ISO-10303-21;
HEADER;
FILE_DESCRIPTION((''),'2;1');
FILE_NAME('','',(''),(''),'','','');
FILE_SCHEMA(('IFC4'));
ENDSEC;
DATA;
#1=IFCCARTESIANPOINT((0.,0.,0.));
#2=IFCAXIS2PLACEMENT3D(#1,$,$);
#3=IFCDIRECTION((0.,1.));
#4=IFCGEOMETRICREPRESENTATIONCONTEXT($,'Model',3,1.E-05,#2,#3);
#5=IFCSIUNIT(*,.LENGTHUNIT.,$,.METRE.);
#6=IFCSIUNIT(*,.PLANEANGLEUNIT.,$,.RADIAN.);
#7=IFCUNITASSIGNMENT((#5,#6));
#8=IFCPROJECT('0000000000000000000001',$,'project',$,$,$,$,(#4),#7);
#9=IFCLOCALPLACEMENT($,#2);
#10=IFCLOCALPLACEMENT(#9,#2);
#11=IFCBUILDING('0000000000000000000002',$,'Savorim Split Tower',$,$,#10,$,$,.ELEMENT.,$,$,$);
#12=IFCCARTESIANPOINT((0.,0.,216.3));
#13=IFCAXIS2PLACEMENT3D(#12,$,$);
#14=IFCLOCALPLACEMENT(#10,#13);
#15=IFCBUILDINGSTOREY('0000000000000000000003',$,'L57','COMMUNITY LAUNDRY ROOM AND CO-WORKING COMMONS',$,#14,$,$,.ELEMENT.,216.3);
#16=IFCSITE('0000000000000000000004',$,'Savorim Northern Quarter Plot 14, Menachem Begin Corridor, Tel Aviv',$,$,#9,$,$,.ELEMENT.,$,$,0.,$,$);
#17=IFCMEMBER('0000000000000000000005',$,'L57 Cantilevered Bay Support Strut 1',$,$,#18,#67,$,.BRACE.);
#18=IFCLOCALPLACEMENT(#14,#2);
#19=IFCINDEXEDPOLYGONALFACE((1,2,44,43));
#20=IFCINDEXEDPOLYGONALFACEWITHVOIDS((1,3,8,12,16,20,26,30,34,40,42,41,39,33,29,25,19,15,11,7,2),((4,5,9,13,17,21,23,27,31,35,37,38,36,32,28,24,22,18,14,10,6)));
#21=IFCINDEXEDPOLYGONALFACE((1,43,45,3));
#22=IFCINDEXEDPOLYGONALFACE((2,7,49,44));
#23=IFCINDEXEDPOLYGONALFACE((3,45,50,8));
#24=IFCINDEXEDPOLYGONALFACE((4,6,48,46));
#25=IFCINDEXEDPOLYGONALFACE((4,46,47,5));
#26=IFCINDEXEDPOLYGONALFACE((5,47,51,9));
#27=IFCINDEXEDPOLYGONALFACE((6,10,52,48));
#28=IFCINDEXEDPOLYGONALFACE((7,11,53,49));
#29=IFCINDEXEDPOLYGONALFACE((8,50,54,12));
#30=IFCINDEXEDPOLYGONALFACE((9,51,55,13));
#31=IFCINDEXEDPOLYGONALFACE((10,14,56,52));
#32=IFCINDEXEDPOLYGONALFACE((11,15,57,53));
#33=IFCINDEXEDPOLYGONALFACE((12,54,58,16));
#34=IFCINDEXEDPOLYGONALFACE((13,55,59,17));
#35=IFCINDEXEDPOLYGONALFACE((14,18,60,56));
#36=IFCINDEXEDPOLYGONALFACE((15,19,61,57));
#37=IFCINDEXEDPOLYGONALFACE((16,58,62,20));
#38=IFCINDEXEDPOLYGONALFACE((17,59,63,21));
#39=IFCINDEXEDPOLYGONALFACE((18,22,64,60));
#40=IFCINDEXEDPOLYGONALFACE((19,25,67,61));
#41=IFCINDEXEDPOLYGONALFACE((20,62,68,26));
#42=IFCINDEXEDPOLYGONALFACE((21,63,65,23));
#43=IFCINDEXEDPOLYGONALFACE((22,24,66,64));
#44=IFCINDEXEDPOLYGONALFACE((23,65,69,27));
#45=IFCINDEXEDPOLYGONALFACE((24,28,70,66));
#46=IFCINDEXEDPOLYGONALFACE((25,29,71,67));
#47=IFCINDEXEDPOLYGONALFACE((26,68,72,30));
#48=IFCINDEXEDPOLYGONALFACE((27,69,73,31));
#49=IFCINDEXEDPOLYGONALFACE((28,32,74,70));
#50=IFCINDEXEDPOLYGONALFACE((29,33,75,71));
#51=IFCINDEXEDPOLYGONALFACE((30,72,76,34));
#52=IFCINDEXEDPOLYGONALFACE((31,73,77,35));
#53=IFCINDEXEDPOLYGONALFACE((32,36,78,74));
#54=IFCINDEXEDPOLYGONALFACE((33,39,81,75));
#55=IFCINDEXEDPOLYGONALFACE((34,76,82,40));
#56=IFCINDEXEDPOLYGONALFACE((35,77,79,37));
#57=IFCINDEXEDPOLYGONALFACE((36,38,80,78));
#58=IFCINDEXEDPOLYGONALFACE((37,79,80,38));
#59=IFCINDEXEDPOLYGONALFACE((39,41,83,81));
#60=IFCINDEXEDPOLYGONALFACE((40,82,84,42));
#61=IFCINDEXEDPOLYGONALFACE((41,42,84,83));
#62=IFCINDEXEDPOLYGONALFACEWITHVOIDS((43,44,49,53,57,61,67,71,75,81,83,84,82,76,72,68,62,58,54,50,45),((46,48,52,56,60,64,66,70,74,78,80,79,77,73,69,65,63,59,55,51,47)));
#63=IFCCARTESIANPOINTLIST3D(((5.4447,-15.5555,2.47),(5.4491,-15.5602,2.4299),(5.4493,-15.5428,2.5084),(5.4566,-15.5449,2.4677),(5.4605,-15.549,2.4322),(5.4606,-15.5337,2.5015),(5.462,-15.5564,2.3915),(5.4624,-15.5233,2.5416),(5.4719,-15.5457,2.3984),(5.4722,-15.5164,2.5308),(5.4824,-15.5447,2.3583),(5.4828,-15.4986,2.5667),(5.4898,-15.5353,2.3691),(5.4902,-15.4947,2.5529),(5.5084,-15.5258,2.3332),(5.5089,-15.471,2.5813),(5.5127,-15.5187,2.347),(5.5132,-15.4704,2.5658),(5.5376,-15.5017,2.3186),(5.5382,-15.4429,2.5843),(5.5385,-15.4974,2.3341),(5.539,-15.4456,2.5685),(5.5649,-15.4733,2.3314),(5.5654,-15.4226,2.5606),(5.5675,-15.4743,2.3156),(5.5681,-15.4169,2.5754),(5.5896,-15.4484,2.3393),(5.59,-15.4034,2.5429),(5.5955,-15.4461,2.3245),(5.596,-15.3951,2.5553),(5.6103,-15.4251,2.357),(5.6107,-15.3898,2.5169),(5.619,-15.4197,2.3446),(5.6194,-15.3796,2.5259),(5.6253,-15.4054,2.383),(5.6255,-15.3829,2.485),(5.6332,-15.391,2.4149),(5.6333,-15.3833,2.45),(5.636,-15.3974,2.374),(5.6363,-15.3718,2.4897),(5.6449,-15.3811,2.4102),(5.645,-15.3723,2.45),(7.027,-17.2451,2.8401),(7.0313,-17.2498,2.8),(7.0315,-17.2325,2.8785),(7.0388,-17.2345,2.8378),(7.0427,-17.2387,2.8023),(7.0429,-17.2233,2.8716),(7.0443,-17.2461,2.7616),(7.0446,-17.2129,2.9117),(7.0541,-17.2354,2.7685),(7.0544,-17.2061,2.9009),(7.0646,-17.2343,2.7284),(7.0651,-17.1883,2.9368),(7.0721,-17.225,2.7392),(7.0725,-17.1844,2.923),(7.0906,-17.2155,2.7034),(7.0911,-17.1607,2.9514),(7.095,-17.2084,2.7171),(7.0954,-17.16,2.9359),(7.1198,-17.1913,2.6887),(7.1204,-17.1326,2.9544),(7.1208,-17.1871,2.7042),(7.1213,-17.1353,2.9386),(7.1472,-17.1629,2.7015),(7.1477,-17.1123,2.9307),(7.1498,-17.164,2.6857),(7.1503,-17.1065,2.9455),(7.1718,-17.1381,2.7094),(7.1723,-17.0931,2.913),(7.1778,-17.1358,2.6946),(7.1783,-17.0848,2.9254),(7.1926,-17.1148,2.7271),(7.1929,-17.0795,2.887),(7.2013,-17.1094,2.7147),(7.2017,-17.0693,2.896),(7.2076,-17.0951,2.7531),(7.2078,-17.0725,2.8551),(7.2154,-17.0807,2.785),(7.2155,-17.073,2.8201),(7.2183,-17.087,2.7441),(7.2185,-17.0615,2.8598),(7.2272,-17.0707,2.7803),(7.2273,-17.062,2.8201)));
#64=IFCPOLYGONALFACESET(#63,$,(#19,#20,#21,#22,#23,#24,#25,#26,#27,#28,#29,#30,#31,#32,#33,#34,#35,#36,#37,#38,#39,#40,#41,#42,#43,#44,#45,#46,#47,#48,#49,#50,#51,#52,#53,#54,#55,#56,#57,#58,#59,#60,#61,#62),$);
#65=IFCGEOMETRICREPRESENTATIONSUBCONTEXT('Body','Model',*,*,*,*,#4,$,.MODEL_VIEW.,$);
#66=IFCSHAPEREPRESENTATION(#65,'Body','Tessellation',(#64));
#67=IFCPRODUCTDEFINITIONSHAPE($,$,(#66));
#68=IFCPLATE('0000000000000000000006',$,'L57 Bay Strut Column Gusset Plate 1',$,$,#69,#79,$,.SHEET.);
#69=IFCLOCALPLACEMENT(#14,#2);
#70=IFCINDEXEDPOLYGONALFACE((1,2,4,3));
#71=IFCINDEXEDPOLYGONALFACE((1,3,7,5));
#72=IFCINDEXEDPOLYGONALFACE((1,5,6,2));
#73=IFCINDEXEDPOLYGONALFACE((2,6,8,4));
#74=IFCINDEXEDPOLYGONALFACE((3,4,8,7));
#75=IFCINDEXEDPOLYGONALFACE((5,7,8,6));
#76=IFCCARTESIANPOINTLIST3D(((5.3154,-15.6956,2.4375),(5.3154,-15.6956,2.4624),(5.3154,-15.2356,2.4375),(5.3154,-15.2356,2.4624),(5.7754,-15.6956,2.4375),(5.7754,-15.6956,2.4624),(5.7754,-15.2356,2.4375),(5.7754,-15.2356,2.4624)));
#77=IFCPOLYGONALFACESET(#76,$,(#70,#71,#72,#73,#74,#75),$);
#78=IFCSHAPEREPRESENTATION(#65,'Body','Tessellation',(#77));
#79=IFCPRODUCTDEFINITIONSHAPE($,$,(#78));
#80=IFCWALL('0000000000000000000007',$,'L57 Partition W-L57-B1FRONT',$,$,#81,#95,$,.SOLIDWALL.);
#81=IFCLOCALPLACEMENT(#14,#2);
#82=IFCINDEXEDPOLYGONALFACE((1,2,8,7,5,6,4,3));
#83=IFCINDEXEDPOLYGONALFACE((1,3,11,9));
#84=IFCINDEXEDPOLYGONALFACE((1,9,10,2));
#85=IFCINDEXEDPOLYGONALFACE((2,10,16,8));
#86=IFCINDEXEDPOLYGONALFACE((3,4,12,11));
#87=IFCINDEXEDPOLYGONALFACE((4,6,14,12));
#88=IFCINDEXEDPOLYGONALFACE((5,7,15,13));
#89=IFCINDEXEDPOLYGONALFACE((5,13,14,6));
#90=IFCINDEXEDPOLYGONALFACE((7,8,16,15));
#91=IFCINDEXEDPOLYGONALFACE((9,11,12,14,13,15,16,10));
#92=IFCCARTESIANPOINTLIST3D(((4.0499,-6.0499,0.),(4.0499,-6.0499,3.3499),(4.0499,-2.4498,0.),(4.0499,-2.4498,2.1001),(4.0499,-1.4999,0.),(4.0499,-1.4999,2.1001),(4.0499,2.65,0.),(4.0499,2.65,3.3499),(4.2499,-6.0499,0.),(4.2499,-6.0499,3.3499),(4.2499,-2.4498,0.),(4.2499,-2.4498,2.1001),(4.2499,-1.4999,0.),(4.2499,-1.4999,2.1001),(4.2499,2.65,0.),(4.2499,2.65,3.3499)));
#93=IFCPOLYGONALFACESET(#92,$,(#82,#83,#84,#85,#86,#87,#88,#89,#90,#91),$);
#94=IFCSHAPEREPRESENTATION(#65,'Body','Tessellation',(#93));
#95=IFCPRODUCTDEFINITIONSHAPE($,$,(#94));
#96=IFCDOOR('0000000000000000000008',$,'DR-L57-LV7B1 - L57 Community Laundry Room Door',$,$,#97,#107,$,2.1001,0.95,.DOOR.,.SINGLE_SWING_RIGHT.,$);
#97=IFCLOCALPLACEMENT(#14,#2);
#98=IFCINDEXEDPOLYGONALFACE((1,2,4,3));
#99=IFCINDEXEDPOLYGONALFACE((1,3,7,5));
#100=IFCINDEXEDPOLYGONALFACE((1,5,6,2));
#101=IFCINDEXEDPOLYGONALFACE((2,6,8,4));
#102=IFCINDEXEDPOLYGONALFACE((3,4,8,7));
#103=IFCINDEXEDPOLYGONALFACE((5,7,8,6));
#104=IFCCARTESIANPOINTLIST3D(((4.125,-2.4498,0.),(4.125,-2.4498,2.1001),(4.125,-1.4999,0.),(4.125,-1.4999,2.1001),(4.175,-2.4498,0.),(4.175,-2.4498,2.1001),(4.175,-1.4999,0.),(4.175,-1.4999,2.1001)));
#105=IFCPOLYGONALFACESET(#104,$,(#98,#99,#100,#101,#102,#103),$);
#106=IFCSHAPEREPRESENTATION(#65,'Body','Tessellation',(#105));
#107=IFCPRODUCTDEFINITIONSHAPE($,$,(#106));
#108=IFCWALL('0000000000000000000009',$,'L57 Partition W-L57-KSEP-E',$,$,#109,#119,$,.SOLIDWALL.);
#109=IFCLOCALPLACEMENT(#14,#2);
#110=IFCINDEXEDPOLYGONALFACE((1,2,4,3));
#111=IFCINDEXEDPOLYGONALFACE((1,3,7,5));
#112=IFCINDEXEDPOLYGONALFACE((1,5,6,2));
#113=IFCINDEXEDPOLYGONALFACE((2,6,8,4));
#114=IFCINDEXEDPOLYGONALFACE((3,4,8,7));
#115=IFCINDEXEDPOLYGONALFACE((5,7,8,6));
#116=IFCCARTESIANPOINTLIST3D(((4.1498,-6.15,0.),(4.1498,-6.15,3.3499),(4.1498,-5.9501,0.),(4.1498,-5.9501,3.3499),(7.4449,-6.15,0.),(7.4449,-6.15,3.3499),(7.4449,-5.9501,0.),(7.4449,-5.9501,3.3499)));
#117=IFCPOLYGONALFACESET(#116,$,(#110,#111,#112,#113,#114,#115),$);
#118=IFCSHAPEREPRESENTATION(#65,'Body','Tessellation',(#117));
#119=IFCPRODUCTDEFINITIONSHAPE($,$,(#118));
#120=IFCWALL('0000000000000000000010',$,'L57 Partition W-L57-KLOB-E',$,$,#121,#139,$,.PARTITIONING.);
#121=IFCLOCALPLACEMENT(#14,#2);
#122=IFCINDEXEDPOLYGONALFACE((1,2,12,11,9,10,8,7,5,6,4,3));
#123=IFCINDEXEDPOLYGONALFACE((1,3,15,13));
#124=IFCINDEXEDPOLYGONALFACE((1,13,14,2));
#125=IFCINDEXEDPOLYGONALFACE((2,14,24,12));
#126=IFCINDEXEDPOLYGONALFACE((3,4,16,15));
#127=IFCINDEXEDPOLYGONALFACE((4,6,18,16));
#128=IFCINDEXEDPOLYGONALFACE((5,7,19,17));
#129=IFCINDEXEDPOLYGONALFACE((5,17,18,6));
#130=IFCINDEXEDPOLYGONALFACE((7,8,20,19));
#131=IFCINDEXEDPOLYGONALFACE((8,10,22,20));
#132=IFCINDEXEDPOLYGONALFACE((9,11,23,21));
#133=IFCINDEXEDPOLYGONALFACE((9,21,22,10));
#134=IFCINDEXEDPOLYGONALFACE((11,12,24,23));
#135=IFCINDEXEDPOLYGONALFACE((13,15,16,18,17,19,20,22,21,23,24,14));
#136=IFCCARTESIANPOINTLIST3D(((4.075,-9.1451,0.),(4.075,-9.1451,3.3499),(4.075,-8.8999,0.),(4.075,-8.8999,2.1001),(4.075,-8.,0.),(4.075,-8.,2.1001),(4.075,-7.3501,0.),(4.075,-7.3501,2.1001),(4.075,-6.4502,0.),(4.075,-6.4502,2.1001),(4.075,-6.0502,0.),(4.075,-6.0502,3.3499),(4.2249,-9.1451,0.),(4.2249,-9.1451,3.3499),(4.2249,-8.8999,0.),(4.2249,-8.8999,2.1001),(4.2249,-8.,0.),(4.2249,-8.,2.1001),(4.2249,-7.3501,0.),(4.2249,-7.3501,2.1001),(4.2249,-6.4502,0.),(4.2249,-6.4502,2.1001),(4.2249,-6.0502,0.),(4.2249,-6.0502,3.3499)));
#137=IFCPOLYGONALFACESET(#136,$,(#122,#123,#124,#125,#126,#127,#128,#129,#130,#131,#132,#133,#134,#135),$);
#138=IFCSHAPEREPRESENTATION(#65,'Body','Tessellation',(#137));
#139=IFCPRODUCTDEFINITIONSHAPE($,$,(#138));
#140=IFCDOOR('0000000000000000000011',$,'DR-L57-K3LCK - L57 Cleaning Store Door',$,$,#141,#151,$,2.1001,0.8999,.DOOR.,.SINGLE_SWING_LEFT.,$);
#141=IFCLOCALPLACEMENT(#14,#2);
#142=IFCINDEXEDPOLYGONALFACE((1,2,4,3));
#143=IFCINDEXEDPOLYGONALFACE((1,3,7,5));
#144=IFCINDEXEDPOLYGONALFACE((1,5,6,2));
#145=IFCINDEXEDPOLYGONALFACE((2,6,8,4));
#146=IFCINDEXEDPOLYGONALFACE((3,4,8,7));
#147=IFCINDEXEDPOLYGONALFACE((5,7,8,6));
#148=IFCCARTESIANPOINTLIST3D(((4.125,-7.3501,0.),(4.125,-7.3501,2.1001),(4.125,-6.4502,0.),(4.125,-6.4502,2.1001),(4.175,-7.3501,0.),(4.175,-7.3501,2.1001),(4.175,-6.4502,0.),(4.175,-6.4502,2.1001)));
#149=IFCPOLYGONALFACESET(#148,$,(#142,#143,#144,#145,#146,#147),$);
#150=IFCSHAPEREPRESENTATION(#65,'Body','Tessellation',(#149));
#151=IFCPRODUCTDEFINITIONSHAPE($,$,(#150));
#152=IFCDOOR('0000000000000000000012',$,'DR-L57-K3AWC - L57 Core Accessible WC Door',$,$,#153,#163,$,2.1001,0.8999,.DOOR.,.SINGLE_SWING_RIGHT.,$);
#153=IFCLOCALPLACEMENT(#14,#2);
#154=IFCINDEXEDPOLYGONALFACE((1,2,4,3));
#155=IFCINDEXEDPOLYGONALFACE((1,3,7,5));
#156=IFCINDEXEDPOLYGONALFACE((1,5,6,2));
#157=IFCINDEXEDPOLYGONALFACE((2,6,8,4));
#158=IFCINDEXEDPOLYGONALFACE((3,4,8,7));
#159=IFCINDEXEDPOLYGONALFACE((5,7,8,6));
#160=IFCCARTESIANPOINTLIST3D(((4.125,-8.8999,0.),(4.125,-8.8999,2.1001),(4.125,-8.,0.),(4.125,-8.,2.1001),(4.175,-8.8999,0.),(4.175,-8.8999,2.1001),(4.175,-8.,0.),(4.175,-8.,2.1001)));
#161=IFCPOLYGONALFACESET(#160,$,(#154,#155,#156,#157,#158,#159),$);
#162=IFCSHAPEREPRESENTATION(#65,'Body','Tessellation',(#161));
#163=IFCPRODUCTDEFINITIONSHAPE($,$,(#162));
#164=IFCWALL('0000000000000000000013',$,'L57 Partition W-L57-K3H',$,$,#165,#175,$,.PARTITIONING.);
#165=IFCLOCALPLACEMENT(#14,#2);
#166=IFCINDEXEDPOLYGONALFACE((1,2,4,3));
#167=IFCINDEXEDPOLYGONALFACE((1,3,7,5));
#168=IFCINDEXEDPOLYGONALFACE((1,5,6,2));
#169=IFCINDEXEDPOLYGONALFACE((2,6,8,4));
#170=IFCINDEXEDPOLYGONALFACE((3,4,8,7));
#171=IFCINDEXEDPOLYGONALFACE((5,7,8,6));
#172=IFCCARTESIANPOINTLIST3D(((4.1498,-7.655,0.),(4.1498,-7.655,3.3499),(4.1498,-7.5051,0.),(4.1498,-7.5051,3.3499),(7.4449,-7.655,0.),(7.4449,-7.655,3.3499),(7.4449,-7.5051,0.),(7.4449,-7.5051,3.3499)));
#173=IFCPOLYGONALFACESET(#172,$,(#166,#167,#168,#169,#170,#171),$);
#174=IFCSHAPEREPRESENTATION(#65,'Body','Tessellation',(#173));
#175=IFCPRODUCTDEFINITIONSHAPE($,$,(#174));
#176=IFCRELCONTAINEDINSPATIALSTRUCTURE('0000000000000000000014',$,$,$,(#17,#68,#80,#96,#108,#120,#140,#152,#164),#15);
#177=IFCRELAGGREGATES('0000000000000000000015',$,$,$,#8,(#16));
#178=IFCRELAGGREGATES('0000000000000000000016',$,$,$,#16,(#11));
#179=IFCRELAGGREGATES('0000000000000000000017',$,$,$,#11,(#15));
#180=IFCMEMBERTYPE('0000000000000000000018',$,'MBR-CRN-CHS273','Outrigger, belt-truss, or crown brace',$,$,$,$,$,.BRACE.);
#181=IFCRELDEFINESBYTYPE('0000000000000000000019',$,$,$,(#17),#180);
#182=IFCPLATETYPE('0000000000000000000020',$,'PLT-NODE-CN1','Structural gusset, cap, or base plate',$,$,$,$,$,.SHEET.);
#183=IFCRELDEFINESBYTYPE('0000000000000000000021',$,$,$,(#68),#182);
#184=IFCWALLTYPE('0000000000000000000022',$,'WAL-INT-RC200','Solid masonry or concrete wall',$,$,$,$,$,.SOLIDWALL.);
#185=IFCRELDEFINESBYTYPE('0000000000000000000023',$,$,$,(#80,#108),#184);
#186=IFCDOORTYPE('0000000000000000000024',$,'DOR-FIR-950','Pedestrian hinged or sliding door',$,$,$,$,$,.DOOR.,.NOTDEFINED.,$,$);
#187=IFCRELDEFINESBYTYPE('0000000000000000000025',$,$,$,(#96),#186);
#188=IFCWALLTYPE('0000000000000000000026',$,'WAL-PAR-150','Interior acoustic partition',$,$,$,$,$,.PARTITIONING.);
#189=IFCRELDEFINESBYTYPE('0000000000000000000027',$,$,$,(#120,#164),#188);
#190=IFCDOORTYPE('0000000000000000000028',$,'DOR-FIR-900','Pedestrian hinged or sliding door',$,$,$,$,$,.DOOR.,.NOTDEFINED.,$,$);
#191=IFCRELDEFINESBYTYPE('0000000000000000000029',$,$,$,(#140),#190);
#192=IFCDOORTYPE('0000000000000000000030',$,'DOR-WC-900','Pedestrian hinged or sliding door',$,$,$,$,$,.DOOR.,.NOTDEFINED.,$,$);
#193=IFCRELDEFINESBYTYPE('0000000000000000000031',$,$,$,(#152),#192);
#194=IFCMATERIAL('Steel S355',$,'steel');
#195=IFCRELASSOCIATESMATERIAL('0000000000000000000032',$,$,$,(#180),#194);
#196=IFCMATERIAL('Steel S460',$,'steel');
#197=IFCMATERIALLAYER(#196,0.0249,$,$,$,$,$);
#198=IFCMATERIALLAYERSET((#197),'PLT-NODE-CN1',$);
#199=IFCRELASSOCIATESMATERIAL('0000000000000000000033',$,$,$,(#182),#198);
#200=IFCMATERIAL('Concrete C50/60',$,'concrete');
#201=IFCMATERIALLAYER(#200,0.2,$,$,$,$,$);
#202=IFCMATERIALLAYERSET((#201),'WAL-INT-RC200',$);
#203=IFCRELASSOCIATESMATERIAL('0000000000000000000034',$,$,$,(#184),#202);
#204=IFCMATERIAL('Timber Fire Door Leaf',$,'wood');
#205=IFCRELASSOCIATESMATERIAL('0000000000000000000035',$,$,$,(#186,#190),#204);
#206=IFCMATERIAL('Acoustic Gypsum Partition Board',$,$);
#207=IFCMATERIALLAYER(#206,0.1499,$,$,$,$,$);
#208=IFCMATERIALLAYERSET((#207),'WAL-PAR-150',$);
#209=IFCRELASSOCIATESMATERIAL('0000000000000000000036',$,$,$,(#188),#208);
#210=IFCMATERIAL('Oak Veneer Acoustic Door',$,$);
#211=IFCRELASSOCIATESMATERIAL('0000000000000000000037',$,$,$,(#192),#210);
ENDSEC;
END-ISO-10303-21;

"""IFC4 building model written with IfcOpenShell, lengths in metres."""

from ifc_helpers import new_model, si_unit, direction, frame, frame_2d, origin, origin_2d, place, context, subcontext, project, spatial, rectangle, hollow_circle, extrude, material, layer, layer_set, material_profile, profile_set, type_object, element, fill, save


model = new_model("IFC4")

# Units and contexts
model_context = context("Model", 3, precision=1e-05, world=origin(), true_north=direction((0.0, 1.0)))
body_context = subcontext(model_context, "Body", "Model", "MODEL_VIEW")
ifc_project = project(units=[si_unit("LENGTHUNIT", "METRE"), si_unit("PLANEANGLEUNIT", "RADIAN")], contexts=[model_context])

# Site, building, storey
site_placement = place(None, origin())
site = spatial("IfcSite", under=ifc_project, at=site_placement, Name="Savorim Northern Quarter Plot 14, Menachem Begin Corridor, Tel Aviv", CompositionType="ELEMENT", RefElevation=0.0)
building_placement = place(site_placement, origin())
building = spatial("IfcBuilding", under=site, at=building_placement, Name="Savorim Split Tower", CompositionType="ELEMENT")
storey_placement = place(building_placement, frame((0.0, 0.0, 216.3)))
storey = spatial("IfcBuildingStorey", under=building, at=storey_placement, Name="L57", Description="COMMUNITY LAUNDRY ROOM AND CO-WORKING COMMONS", CompositionType="ELEMENT", Elevation=216.3)

# Shared definitions
ifc_material_1 = material(Name="Steel S355", Category="steel")

# Member
ifc_material_profile_1 = material_profile(ifc_material_1, hollow_circle(Radius=0.1365, WallThickness=0.0161, at=origin_2d()), Name="CHS 273x16")
ifc_profile_set_1 = profile_set([ifc_material_profile_1], Name="Steel S355")
member_type = type_object("IfcMemberType", Name="MBR-CRN-CHS273", Description="Outrigger, belt-truss, or crown brace", PredefinedType="BRACE", material=ifc_profile_set_1)
member_placement = place(storey_placement, frame((5.5454, -15.4656, 2.45), z_axis=(0.674951, -0.720774, 0.157881), x_axis=(0.729928, 0.683524, 0.0)))
element("IfcMember", 1, at=member_placement, inside=storey, type_object=member_type, Name="L57 Cantilevered Bay Support Strut 1", PredefinedType="BRACE", context=body_context, shape_type="SweptSolid", body=[
    extrude(hollow_circle(Radius=0.1365, WallThickness=0.0161, at=origin_2d()), origin(), (0.0, 0.0, 1.0), 2.3442),
])

# Plate
ifc_material_2 = material(Name="Steel S460", Category="steel")
ifc_layer_1 = layer(ifc_material_2, 0.0249)
ifc_layer_set_1 = layer_set([ifc_layer_1], Name="PLT-NODE-CN1")
plate_type = type_object("IfcPlateType", Name="PLT-NODE-CN1", Description="Structural gusset, cap, or base plate", PredefinedType="SHEET", material=ifc_layer_set_1)
plate_placement = place(storey_placement, frame((5.5454, -15.4656, 2.4375), z_axis=(0.0, 0.0, 1.0), x_axis=(1.0, 0.0, 0.0)))
element("IfcPlate", 2, at=plate_placement, inside=storey, type_object=plate_type, Name="L57 Bay Strut Column Gusset Plate 1", PredefinedType="SHEET", context=body_context, shape_type="SweptSolid", body=[
    extrude(rectangle(XDim=0.46, YDim=0.46, at=origin_2d()), origin(), (0.0, 0.0, 1.0), 0.0249),
])

# Wall, opening, door
ifc_material_3 = material(Name="Concrete C50/60", Category="concrete")
ifc_layer_2 = layer(ifc_material_3, 0.2)
ifc_layer_set_2 = layer_set([ifc_layer_2], Name="WAL-INT-RC200")
wall_type_1 = type_object("IfcWallType", Name="WAL-INT-RC200", Description="Solid masonry or concrete wall", PredefinedType="SOLIDWALL", material=ifc_layer_set_2)
wall_1_placement = place(storey_placement, frame((4.1499, -6.05, 0.0), z_axis=(0.0, 0.0, 1.0), x_axis=(0.0, 1.0, 0.0)))
wall_1 = element("IfcWall", 3, at=wall_1_placement, inside=storey, type_object=wall_type_1, Name="L57 Partition W-L57-B1FRONT", PredefinedType="SOLIDWALL", context=body_context, shape_type="SweptSolid", body=[
    extrude(rectangle(XDim=8.7, YDim=0.2, at=frame_2d((4.3501, 0.0))), origin(), (0.0, 0.0, 1.0), 3.3499),
])
opening_1_placement = place(wall_1_placement, frame((3.6001, 0.0, 0.0)))
opening_1 = element("IfcOpeningElement", 4, at=opening_1_placement, cuts=wall_1, PredefinedType="OPENING", context=body_context, shape_type="SweptSolid", body=[
    extrude(rectangle(XDim=0.95, YDim=2.1001, at=frame_2d((0.4751, 1.05))), frame((0.0, 0.1099, 0.0), z_axis=(0.0, -1.0, 0.0), x_axis=(1.0, 0.0, 0.0)), (0.0, 0.0, 1.0), 0.22),
])
ifc_material_4 = material(Name="Timber Fire Door Leaf", Category="wood")
door_type_1 = type_object("IfcDoorType", Name="DOR-FIR-950", Description="Pedestrian hinged or sliding door", OperationType="NOTDEFINED", PredefinedType="DOOR", material=ifc_material_4)
door_1_placement = place(opening_1_placement, origin())
door_1 = element("IfcDoor", 5, at=door_1_placement, inside=storey, type_object=door_type_1, Name="DR-L57-LV7B1 - L57 Community Laundry Room Door", OperationType="SINGLE_SWING_RIGHT", OverallHeight=2.1001, OverallWidth=0.95, PredefinedType="DOOR", context=body_context, shape_type="SweptSolid", body=[
    extrude(rectangle(XDim=0.95, YDim=2.1001, at=frame_2d((0.4751, 1.05))), frame((0.0, 0.0249, 0.0), z_axis=(0.0, -1.0, 0.0), x_axis=(1.0, 0.0, 0.0)), (0.0, 0.0, 1.0), 0.05),
])
fill(opening_1, door_1)

# Wall
wall_2_placement = place(storey_placement, frame((4.1499, -6.05, 0.0), z_axis=(0.0, 0.0, 1.0), x_axis=(1.0, 0.0, 0.0)))
element("IfcWall", 6, at=wall_2_placement, inside=storey, type_object=wall_type_1, Name="L57 Partition W-L57-KSEP-E", PredefinedType="SOLIDWALL", context=body_context, shape_type="SweptSolid", body=[
    extrude(rectangle(XDim=3.2952, YDim=0.2, at=frame_2d((1.6475, 0.0))), origin(), (0.0, 0.0, 1.0), 3.3499),
])

# Wall, openings, doors
ifc_material_5 = material(Name="Acoustic Gypsum Partition Board")
ifc_layer_3 = layer(ifc_material_5, 0.1499)
ifc_layer_set_3 = layer_set([ifc_layer_3], Name="WAL-PAR-150")
wall_type_2 = type_object("IfcWallType", Name="WAL-PAR-150", Description="Interior acoustic partition", PredefinedType="PARTITIONING", material=ifc_layer_set_3)
wall_3_placement = place(storey_placement, frame((4.1499, -9.145, 0.0), z_axis=(0.0, 0.0, 1.0), x_axis=(0.0, 1.0, 0.0)))
wall_3 = element("IfcWall", 7, at=wall_3_placement, inside=storey, type_object=wall_type_2, Name="L57 Partition W-L57-KLOB-E", PredefinedType="PARTITIONING", context=body_context, shape_type="SweptSolid", body=[
    extrude(rectangle(XDim=3.095, YDim=0.1499, at=frame_2d((1.5474, 0.0))), origin(), (0.0, 0.0, 1.0), 3.3499),
])
opening_2_placement = place(wall_3_placement, frame((0.2451, 0.0, 0.0)))
opening_2 = element("IfcOpeningElement", 8, at=opening_2_placement, cuts=wall_3, PredefinedType="OPENING", context=body_context, shape_type="SweptSolid", body=[
    extrude(rectangle(XDim=0.8999, YDim=2.1001, at=frame_2d((0.45, 1.05))), frame((0.0, 0.085, 0.0), z_axis=(0.0, -1.0, 0.0), x_axis=(1.0, 0.0, 0.0)), (0.0, 0.0, 1.0), 0.1699),
])
opening_3_placement = place(wall_3_placement, frame((1.7949, 0.0, 0.0)))
opening_3 = element("IfcOpeningElement", 9, at=opening_3_placement, cuts=wall_3, PredefinedType="OPENING", context=body_context, shape_type="SweptSolid", body=[
    extrude(rectangle(XDim=0.8999, YDim=2.1001, at=frame_2d((0.45, 1.05))), frame((0.0, 0.085, 0.0), z_axis=(0.0, -1.0, 0.0), x_axis=(1.0, 0.0, 0.0)), (0.0, 0.0, 1.0), 0.1699),
])
door_type_2 = type_object("IfcDoorType", Name="DOR-FIR-900", Description="Pedestrian hinged or sliding door", OperationType="NOTDEFINED", PredefinedType="DOOR", material=ifc_material_4)
door_2_placement = place(opening_3_placement, origin())
door_2 = element("IfcDoor", 10, at=door_2_placement, inside=storey, type_object=door_type_2, Name="DR-L57-K3LCK - L57 Cleaning Store Door", OperationType="SINGLE_SWING_LEFT", OverallHeight=2.1001, OverallWidth=0.8999, PredefinedType="DOOR", context=body_context, shape_type="SweptSolid", body=[
    extrude(rectangle(XDim=0.8999, YDim=2.1001, at=frame_2d((0.45, 1.05))), frame((0.0, 0.0249, 0.0), z_axis=(0.0, -1.0, 0.0), x_axis=(1.0, 0.0, 0.0)), (0.0, 0.0, 1.0), 0.05),
])
fill(opening_3, door_2)
ifc_material_6 = material(Name="Oak Veneer Acoustic Door")
door_type_3 = type_object("IfcDoorType", Name="DOR-WC-900", Description="Pedestrian hinged or sliding door", OperationType="NOTDEFINED", PredefinedType="DOOR", material=ifc_material_6)
door_3_placement = place(opening_2_placement, origin())
door_3 = element("IfcDoor", 11, at=door_3_placement, inside=storey, type_object=door_type_3, Name="DR-L57-K3AWC - L57 Core Accessible WC Door", OperationType="SINGLE_SWING_RIGHT", OverallHeight=2.1001, OverallWidth=0.8999, PredefinedType="DOOR", context=body_context, shape_type="SweptSolid", body=[
    extrude(rectangle(XDim=0.8999, YDim=2.1001, at=frame_2d((0.45, 1.05))), frame((0.0, 0.0249, 0.0), z_axis=(0.0, -1.0, 0.0), x_axis=(1.0, 0.0, 0.0)), (0.0, 0.0, 1.0), 0.05),
])
fill(opening_2, door_3)

# Wall
wall_4_placement = place(storey_placement, frame((4.1499, -7.5801, 0.0), z_axis=(0.0, 0.0, 1.0), x_axis=(1.0, 0.0, 0.0)))
element("IfcWall", 12, at=wall_4_placement, inside=storey, type_object=wall_type_2, Name="L57 Partition W-L57-K3H", PredefinedType="PARTITIONING", context=body_context, shape_type="SweptSolid", body=[
    extrude(rectangle(XDim=3.2952, YDim=0.1499, at=frame_2d((1.6475, 0.0))), origin(), (0.0, 0.0, 1.0), 3.3499),
])

save(model, "model.ifc")
